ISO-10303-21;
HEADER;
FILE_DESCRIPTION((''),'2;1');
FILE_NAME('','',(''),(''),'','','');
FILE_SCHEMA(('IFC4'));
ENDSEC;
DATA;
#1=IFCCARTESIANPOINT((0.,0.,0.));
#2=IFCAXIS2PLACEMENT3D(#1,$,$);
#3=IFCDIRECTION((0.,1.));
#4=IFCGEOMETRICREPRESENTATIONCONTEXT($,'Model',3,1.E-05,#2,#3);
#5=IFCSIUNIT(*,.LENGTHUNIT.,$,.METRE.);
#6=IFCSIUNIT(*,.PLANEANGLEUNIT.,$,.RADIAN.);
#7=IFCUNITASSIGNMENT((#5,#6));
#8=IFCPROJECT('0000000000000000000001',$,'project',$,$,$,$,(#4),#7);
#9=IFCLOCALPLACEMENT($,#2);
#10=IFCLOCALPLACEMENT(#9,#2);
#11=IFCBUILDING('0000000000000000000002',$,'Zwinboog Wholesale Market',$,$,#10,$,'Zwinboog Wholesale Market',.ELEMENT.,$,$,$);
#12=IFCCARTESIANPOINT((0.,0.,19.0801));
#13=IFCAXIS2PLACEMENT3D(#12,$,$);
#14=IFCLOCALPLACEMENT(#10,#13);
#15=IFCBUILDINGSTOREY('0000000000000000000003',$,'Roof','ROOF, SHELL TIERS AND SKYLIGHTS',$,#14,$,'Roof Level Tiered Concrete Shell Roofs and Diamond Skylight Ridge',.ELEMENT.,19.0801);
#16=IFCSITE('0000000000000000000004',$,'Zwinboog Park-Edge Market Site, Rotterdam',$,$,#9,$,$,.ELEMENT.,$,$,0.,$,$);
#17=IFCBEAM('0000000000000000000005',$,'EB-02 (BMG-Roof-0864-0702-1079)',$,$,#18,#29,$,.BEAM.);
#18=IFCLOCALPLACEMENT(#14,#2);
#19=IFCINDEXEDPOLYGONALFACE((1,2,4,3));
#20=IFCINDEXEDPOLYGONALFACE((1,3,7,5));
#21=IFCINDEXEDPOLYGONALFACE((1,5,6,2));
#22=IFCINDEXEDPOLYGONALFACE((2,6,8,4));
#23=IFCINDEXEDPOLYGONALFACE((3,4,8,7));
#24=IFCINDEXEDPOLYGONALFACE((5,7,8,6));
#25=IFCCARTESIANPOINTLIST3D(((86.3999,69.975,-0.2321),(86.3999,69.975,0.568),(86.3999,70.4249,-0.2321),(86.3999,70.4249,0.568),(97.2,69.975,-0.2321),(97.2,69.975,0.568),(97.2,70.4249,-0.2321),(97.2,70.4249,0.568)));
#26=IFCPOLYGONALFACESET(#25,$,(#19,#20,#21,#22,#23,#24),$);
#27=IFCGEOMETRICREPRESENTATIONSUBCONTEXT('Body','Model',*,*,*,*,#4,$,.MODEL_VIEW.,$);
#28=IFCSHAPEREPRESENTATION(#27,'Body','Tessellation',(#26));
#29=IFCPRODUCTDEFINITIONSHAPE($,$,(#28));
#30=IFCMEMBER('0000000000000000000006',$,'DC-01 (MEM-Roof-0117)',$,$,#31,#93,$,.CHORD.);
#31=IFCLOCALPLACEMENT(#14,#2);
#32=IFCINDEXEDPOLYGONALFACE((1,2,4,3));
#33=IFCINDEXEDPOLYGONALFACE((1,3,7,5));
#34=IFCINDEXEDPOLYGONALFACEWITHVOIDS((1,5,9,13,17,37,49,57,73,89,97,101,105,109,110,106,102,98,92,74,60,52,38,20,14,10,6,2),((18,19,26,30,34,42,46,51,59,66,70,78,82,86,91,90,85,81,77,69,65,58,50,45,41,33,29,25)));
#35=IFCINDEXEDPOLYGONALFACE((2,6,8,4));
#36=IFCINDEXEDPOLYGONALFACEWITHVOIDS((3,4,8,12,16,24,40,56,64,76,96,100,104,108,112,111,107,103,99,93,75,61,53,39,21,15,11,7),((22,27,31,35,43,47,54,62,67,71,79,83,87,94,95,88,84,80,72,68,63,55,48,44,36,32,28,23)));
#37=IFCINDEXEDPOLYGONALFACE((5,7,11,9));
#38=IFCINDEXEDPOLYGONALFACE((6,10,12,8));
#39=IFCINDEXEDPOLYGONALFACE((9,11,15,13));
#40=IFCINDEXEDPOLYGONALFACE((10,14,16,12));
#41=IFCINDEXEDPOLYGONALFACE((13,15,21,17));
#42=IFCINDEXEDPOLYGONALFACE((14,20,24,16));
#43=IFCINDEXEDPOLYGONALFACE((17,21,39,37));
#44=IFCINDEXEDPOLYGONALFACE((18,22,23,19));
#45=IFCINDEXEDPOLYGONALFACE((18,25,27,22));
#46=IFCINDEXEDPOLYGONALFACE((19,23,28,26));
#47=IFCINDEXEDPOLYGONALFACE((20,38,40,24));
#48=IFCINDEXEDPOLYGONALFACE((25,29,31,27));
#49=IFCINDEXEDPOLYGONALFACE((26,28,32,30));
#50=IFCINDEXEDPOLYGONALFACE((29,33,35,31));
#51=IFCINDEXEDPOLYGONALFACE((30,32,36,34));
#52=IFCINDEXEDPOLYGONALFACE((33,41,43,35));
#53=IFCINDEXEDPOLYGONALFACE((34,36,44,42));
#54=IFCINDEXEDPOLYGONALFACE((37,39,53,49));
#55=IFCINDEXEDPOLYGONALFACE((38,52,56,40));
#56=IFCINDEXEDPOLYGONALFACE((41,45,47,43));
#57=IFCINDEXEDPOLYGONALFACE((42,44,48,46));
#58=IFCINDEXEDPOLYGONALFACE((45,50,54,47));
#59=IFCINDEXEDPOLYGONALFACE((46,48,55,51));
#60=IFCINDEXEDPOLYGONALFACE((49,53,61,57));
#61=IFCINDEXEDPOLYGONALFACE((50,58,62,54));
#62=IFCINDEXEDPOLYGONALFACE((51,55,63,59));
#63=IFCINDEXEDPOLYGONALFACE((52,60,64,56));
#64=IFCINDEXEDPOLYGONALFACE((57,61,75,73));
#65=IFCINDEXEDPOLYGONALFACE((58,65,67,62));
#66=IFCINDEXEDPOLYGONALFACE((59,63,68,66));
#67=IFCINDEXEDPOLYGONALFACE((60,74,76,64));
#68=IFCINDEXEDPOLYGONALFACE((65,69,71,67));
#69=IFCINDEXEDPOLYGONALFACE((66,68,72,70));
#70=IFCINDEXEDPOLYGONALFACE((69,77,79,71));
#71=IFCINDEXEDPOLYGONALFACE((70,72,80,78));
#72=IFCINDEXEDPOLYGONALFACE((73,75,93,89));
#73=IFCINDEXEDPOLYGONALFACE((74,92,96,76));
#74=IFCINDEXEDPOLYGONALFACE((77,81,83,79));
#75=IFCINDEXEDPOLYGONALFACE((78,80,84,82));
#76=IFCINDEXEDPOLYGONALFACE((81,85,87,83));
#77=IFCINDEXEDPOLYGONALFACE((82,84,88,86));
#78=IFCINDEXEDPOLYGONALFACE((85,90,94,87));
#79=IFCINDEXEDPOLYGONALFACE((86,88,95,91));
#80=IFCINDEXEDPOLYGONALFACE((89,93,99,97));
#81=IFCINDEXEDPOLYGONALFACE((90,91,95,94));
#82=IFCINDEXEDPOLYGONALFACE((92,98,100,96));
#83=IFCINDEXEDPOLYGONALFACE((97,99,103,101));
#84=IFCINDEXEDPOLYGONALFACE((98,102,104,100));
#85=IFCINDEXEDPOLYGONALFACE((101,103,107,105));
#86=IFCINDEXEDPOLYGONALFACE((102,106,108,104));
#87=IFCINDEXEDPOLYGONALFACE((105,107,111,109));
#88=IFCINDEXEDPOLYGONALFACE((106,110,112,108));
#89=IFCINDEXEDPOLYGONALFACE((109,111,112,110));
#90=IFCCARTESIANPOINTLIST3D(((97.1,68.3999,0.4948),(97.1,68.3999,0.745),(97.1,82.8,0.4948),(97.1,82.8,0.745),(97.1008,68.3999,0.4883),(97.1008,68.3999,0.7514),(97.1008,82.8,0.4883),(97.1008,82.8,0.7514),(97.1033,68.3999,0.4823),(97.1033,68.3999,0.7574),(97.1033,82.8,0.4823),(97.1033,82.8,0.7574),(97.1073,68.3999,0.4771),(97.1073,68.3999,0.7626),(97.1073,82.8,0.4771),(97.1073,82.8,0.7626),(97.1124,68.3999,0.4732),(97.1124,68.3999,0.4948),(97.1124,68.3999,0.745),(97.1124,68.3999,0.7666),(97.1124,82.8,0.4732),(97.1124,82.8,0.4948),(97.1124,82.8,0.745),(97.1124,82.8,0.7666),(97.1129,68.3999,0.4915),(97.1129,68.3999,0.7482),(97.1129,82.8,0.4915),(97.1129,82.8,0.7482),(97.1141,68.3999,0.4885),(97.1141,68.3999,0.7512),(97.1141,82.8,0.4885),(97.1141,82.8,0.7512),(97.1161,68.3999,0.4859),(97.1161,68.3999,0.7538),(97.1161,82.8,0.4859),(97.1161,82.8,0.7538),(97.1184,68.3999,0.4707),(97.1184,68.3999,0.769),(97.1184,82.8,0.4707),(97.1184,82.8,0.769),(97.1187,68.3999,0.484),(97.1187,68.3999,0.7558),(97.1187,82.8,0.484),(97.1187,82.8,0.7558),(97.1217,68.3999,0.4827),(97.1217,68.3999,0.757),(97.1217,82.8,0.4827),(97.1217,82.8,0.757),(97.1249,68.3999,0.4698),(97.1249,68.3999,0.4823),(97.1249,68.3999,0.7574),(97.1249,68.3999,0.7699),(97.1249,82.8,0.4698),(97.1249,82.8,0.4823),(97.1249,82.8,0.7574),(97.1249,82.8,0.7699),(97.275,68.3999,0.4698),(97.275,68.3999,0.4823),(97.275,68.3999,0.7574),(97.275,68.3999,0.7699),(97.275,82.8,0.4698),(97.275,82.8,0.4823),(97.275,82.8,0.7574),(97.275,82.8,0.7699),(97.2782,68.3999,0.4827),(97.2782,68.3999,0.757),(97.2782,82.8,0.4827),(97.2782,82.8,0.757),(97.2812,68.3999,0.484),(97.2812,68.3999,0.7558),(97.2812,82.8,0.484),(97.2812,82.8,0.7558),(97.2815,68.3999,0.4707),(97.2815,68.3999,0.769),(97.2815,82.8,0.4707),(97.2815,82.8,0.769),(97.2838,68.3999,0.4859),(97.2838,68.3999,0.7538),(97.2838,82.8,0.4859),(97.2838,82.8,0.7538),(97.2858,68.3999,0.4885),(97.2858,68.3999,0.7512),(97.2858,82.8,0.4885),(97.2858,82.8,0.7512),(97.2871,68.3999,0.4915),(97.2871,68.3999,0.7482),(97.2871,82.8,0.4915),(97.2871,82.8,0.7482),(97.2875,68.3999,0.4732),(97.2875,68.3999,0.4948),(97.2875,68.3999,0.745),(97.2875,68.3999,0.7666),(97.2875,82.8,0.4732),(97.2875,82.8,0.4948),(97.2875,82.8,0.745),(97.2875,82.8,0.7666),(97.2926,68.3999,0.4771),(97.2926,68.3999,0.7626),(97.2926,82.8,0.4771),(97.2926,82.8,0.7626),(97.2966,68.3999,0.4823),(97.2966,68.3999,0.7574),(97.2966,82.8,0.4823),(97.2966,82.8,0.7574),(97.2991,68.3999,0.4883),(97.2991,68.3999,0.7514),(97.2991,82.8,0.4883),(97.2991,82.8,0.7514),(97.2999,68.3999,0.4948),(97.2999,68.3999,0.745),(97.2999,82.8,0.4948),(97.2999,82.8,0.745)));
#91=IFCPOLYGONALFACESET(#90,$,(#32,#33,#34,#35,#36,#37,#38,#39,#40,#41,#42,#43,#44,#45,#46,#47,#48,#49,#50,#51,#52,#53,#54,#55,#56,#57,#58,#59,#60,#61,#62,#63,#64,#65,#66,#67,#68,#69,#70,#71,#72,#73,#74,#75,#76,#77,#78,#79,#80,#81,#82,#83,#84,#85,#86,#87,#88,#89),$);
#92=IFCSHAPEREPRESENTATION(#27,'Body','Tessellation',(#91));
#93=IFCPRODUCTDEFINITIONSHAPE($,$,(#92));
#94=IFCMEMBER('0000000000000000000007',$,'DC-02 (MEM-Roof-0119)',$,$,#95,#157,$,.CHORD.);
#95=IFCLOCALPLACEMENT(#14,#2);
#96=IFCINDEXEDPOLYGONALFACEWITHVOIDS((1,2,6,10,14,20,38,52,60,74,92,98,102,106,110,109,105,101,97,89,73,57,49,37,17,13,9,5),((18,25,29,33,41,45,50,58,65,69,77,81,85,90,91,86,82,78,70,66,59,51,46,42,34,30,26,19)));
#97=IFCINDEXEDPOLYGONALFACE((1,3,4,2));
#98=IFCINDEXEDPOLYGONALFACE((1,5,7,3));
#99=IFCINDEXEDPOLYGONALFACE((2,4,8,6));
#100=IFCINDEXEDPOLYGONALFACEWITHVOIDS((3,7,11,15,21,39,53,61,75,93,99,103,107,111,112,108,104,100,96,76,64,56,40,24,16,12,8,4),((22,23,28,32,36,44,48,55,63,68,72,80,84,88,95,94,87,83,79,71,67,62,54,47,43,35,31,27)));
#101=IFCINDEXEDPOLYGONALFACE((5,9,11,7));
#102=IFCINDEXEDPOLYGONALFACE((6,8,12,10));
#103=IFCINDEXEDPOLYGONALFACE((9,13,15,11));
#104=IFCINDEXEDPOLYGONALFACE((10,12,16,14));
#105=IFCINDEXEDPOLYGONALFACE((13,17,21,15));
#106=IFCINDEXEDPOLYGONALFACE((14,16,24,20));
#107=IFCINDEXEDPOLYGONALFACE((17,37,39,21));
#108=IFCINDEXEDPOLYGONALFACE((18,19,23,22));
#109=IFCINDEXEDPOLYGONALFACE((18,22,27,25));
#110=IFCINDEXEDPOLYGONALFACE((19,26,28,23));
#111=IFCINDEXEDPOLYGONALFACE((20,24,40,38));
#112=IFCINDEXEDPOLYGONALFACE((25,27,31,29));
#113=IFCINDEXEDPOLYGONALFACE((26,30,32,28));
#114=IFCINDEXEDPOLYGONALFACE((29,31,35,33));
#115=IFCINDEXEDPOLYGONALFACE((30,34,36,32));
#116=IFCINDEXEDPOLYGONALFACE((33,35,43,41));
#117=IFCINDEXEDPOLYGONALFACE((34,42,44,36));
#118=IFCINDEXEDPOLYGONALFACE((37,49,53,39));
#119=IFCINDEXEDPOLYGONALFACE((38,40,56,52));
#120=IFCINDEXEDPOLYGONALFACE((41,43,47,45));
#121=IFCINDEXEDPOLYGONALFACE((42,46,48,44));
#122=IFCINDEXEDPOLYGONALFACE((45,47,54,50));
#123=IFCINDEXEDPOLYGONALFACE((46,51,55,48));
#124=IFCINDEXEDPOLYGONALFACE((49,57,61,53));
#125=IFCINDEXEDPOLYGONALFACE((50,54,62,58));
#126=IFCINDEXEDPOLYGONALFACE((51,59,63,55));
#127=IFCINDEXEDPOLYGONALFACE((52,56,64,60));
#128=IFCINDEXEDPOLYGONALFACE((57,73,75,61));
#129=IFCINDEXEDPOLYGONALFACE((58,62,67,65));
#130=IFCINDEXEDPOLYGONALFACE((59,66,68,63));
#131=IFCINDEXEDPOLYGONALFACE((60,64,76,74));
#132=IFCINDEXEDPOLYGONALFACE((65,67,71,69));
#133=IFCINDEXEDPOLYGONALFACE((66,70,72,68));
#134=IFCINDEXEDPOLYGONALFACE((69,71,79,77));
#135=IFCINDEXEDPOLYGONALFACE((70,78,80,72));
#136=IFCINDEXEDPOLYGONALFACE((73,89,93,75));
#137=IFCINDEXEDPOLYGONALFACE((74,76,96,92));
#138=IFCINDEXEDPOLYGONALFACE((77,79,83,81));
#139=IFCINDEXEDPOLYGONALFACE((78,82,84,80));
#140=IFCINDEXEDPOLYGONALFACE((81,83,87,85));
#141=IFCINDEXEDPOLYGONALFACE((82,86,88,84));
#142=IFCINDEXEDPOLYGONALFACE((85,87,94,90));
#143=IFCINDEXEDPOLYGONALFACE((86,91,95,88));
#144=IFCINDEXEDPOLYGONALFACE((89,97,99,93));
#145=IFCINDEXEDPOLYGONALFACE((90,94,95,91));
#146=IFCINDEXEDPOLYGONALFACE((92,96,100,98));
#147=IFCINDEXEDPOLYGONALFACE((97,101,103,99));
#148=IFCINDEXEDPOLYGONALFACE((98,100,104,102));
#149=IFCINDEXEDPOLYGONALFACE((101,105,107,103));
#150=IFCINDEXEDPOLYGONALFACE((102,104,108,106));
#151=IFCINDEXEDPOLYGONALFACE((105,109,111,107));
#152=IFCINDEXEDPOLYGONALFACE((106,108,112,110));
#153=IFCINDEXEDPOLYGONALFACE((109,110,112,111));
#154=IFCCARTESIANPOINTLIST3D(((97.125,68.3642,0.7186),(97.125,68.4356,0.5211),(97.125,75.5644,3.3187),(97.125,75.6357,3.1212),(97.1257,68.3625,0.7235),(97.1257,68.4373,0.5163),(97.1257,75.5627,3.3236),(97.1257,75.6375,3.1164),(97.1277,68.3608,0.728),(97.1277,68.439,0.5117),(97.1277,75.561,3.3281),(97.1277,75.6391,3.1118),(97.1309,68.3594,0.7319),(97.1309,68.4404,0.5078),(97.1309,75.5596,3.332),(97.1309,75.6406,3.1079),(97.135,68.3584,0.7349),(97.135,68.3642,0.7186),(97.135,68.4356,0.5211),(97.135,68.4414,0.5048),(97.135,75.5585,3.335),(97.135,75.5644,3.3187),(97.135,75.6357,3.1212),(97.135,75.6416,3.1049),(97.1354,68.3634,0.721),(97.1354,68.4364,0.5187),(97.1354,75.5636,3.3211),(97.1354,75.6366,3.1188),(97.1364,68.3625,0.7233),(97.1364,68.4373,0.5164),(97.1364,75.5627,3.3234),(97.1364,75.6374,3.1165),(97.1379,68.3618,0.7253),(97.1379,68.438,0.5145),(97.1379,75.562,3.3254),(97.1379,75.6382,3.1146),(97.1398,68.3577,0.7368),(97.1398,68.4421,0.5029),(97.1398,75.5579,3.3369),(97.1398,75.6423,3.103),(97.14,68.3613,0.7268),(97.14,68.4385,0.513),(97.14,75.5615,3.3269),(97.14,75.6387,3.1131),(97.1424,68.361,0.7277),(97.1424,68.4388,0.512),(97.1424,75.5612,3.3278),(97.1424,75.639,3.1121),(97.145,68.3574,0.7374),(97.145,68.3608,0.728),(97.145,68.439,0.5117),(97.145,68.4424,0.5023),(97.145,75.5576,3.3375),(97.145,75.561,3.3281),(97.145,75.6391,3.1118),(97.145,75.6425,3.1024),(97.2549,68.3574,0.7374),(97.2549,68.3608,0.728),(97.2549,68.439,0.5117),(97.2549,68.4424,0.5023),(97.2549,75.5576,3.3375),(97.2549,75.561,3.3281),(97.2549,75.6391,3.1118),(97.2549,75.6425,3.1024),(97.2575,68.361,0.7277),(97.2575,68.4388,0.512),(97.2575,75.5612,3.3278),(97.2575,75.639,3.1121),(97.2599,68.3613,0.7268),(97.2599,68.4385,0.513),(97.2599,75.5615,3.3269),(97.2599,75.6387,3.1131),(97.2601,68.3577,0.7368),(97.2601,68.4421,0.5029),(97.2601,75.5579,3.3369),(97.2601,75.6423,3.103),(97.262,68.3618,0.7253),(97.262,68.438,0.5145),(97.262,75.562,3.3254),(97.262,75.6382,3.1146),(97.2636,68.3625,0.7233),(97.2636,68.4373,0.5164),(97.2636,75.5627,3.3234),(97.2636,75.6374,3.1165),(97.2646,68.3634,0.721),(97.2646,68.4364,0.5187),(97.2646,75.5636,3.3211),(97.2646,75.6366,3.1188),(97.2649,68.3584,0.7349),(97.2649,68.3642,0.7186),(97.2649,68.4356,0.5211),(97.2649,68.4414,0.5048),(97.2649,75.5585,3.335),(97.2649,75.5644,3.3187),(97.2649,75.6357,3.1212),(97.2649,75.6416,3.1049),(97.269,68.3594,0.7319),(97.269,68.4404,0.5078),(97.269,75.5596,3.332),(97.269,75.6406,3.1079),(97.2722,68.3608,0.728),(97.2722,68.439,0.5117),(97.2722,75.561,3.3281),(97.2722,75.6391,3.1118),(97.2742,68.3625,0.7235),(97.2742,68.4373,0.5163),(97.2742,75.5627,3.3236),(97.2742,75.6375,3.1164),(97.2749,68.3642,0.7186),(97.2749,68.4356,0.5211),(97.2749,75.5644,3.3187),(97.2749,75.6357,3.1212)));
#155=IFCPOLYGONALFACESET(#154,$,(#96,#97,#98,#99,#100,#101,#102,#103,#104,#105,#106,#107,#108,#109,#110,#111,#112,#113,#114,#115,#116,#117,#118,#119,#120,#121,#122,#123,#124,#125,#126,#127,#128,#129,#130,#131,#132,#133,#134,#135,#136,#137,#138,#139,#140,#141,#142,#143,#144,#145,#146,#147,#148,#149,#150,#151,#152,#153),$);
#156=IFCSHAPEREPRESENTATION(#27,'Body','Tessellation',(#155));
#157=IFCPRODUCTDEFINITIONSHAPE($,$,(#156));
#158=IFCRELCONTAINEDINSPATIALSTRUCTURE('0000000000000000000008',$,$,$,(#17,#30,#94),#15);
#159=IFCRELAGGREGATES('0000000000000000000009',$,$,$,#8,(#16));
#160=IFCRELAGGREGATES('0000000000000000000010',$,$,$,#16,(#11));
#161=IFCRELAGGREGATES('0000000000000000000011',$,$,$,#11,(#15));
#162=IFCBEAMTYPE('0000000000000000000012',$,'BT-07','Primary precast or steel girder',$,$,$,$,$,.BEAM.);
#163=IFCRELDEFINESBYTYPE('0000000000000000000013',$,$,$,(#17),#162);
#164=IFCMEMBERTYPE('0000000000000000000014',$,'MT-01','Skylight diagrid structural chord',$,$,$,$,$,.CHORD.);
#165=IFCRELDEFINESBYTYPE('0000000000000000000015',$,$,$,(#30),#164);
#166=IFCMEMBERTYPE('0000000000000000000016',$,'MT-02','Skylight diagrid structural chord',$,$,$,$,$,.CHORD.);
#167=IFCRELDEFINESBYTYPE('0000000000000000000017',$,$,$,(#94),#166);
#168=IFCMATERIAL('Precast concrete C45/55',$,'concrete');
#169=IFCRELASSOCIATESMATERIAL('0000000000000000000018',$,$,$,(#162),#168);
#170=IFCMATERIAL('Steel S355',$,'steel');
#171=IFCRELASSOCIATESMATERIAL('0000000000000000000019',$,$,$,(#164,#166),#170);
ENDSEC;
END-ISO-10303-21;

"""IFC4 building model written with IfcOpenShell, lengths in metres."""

from ifc_helpers import new_model, si_unit, direction, frame, origin, origin_2d, place, context, subcontext, project, spatial, rectangle, hollow_rectangle, extrude, material, material_profile, profile_set, type_object, element, save


model = new_model("IFC4")

# Units and contexts
model_context = context("Model", 3, precision=1e-05, world=origin(), true_north=direction((0.0, 1.0)))
body_context = subcontext(model_context, "Body", "Model", "MODEL_VIEW")
ifc_project = project(units=[si_unit("LENGTHUNIT", "METRE"), si_unit("PLANEANGLEUNIT", "RADIAN")], contexts=[model_context])

# Site, building, storey
site_placement = place(None, origin())
site = spatial("IfcSite", under=ifc_project, at=site_placement, Name="Zwinboog Park-Edge Market Site, Rotterdam", CompositionType="ELEMENT", RefElevation=0.0)
building_placement = place(site_placement, origin())
building = spatial("IfcBuilding", under=site, at=building_placement, Name="Zwinboog Wholesale Market", LongName="Zwinboog Wholesale Market", CompositionType="ELEMENT")
storey_placement = place(building_placement, frame((0.0, 0.0, 19.0801)))
storey = spatial("IfcBuildingStorey", under=building, at=storey_placement, Name="Roof", Description="ROOF, SHELL TIERS AND SKYLIGHTS", LongName="Roof Level Tiered Concrete Shell Roofs and Diamond Skylight Ridge", CompositionType="ELEMENT", Elevation=19.0801)

# Beam
ifc_material_1 = material(Name="Precast concrete C45/55", Category="concrete")
ifc_material_profile_1 = material_profile(ifc_material_1, rectangle(XDim=0.45, YDim=0.8, at=origin_2d()), Name="PC 450x800")
ifc_profile_set_1 = profile_set([ifc_material_profile_1], Name="Precast concrete C45/55")
beam_type = type_object("IfcBeamType", Name="BT-07", Description="Primary precast or steel girder", PredefinedType="BEAM", material=ifc_profile_set_1)
beam_placement = place(storey_placement, frame((86.3999, 70.2, 0.168), z_axis=(1.0, 0.0, 0.0), x_axis=(0.0, 1.0, 0.0)))
element("IfcBeam", 1, at=beam_placement, inside=storey, type_object=beam_type, Name="EB-02 (BMG-Roof-0864-0702-1079)", PredefinedType="BEAM", context=body_context, shape_type="SweptSolid", body=[
    extrude(rectangle(XDim=0.45, YDim=0.8, at=origin_2d()), origin(), (0.0, 0.0, 1.0), 10.8),
])

# Members
ifc_material_2 = material(Name="Steel S355", Category="steel")
ifc_material_profile_2 = material_profile(ifc_material_2, hollow_rectangle(XDim=0.2, YDim=0.3, WallThickness=0.0125, InnerFilletRadius=0.0125, OuterFilletRadius=0.0249, at=origin_2d()), Name="RHS 300x200x12.5")
ifc_profile_set_2 = profile_set([ifc_material_profile_2], Name="Steel S355")
member_type_1 = type_object("IfcMemberType", Name="MT-01", Description="Skylight diagrid structural chord", PredefinedType="CHORD", material=ifc_profile_set_2)
member_1_placement = place(storey_placement, frame((97.2, 68.3999, 0.6199), z_axis=(0.0, 1.0, 0.0), x_axis=(-1.0, 0.0, 0.0)))
element("IfcMember", 2, at=member_1_placement, inside=storey, type_object=member_type_1, Name="DC-01 (MEM-Roof-0117)", PredefinedType="CHORD", context=body_context, shape_type="SweptSolid", body=[
    extrude(hollow_rectangle(XDim=0.2, YDim=0.3, WallThickness=0.0125, InnerFilletRadius=0.0125, OuterFilletRadius=0.0249, at=origin_2d()), origin(), (0.0, 0.0, 1.0), 14.4001),
])
ifc_material_profile_3 = material_profile(ifc_material_2, hollow_rectangle(XDim=0.1499, YDim=0.25, WallThickness=0.01, InnerFilletRadius=0.01, OuterFilletRadius=0.02, at=origin_2d()), Name="RHS 250x150x10")
ifc_profile_set_3 = profile_set([ifc_material_profile_3], Name="Steel S355")
member_type_2 = type_object("IfcMemberType", Name="MT-02", Description="Skylight diagrid structural chord", PredefinedType="CHORD", material=ifc_profile_set_3)
member_2_placement = place(storey_placement, frame((97.2, 68.3999, 0.6199), z_axis=(0.0, 0.940553, 0.339648), x_axis=(-1.0, 0.0, 0.0)))
element("IfcMember", 3, at=member_2_placement, inside=storey, type_object=member_type_2, Name="DC-02 (MEM-Roof-0119)", PredefinedType="CHORD", context=body_context, shape_type="SweptSolid", body=[
    extrude(hollow_rectangle(XDim=0.1499, YDim=0.25, WallThickness=0.01, InnerFilletRadius=0.01, OuterFilletRadius=0.02, at=origin_2d()), origin(), (0.0, 0.0, 1.0), 7.6553),
])

save(model, "model.ifc")
